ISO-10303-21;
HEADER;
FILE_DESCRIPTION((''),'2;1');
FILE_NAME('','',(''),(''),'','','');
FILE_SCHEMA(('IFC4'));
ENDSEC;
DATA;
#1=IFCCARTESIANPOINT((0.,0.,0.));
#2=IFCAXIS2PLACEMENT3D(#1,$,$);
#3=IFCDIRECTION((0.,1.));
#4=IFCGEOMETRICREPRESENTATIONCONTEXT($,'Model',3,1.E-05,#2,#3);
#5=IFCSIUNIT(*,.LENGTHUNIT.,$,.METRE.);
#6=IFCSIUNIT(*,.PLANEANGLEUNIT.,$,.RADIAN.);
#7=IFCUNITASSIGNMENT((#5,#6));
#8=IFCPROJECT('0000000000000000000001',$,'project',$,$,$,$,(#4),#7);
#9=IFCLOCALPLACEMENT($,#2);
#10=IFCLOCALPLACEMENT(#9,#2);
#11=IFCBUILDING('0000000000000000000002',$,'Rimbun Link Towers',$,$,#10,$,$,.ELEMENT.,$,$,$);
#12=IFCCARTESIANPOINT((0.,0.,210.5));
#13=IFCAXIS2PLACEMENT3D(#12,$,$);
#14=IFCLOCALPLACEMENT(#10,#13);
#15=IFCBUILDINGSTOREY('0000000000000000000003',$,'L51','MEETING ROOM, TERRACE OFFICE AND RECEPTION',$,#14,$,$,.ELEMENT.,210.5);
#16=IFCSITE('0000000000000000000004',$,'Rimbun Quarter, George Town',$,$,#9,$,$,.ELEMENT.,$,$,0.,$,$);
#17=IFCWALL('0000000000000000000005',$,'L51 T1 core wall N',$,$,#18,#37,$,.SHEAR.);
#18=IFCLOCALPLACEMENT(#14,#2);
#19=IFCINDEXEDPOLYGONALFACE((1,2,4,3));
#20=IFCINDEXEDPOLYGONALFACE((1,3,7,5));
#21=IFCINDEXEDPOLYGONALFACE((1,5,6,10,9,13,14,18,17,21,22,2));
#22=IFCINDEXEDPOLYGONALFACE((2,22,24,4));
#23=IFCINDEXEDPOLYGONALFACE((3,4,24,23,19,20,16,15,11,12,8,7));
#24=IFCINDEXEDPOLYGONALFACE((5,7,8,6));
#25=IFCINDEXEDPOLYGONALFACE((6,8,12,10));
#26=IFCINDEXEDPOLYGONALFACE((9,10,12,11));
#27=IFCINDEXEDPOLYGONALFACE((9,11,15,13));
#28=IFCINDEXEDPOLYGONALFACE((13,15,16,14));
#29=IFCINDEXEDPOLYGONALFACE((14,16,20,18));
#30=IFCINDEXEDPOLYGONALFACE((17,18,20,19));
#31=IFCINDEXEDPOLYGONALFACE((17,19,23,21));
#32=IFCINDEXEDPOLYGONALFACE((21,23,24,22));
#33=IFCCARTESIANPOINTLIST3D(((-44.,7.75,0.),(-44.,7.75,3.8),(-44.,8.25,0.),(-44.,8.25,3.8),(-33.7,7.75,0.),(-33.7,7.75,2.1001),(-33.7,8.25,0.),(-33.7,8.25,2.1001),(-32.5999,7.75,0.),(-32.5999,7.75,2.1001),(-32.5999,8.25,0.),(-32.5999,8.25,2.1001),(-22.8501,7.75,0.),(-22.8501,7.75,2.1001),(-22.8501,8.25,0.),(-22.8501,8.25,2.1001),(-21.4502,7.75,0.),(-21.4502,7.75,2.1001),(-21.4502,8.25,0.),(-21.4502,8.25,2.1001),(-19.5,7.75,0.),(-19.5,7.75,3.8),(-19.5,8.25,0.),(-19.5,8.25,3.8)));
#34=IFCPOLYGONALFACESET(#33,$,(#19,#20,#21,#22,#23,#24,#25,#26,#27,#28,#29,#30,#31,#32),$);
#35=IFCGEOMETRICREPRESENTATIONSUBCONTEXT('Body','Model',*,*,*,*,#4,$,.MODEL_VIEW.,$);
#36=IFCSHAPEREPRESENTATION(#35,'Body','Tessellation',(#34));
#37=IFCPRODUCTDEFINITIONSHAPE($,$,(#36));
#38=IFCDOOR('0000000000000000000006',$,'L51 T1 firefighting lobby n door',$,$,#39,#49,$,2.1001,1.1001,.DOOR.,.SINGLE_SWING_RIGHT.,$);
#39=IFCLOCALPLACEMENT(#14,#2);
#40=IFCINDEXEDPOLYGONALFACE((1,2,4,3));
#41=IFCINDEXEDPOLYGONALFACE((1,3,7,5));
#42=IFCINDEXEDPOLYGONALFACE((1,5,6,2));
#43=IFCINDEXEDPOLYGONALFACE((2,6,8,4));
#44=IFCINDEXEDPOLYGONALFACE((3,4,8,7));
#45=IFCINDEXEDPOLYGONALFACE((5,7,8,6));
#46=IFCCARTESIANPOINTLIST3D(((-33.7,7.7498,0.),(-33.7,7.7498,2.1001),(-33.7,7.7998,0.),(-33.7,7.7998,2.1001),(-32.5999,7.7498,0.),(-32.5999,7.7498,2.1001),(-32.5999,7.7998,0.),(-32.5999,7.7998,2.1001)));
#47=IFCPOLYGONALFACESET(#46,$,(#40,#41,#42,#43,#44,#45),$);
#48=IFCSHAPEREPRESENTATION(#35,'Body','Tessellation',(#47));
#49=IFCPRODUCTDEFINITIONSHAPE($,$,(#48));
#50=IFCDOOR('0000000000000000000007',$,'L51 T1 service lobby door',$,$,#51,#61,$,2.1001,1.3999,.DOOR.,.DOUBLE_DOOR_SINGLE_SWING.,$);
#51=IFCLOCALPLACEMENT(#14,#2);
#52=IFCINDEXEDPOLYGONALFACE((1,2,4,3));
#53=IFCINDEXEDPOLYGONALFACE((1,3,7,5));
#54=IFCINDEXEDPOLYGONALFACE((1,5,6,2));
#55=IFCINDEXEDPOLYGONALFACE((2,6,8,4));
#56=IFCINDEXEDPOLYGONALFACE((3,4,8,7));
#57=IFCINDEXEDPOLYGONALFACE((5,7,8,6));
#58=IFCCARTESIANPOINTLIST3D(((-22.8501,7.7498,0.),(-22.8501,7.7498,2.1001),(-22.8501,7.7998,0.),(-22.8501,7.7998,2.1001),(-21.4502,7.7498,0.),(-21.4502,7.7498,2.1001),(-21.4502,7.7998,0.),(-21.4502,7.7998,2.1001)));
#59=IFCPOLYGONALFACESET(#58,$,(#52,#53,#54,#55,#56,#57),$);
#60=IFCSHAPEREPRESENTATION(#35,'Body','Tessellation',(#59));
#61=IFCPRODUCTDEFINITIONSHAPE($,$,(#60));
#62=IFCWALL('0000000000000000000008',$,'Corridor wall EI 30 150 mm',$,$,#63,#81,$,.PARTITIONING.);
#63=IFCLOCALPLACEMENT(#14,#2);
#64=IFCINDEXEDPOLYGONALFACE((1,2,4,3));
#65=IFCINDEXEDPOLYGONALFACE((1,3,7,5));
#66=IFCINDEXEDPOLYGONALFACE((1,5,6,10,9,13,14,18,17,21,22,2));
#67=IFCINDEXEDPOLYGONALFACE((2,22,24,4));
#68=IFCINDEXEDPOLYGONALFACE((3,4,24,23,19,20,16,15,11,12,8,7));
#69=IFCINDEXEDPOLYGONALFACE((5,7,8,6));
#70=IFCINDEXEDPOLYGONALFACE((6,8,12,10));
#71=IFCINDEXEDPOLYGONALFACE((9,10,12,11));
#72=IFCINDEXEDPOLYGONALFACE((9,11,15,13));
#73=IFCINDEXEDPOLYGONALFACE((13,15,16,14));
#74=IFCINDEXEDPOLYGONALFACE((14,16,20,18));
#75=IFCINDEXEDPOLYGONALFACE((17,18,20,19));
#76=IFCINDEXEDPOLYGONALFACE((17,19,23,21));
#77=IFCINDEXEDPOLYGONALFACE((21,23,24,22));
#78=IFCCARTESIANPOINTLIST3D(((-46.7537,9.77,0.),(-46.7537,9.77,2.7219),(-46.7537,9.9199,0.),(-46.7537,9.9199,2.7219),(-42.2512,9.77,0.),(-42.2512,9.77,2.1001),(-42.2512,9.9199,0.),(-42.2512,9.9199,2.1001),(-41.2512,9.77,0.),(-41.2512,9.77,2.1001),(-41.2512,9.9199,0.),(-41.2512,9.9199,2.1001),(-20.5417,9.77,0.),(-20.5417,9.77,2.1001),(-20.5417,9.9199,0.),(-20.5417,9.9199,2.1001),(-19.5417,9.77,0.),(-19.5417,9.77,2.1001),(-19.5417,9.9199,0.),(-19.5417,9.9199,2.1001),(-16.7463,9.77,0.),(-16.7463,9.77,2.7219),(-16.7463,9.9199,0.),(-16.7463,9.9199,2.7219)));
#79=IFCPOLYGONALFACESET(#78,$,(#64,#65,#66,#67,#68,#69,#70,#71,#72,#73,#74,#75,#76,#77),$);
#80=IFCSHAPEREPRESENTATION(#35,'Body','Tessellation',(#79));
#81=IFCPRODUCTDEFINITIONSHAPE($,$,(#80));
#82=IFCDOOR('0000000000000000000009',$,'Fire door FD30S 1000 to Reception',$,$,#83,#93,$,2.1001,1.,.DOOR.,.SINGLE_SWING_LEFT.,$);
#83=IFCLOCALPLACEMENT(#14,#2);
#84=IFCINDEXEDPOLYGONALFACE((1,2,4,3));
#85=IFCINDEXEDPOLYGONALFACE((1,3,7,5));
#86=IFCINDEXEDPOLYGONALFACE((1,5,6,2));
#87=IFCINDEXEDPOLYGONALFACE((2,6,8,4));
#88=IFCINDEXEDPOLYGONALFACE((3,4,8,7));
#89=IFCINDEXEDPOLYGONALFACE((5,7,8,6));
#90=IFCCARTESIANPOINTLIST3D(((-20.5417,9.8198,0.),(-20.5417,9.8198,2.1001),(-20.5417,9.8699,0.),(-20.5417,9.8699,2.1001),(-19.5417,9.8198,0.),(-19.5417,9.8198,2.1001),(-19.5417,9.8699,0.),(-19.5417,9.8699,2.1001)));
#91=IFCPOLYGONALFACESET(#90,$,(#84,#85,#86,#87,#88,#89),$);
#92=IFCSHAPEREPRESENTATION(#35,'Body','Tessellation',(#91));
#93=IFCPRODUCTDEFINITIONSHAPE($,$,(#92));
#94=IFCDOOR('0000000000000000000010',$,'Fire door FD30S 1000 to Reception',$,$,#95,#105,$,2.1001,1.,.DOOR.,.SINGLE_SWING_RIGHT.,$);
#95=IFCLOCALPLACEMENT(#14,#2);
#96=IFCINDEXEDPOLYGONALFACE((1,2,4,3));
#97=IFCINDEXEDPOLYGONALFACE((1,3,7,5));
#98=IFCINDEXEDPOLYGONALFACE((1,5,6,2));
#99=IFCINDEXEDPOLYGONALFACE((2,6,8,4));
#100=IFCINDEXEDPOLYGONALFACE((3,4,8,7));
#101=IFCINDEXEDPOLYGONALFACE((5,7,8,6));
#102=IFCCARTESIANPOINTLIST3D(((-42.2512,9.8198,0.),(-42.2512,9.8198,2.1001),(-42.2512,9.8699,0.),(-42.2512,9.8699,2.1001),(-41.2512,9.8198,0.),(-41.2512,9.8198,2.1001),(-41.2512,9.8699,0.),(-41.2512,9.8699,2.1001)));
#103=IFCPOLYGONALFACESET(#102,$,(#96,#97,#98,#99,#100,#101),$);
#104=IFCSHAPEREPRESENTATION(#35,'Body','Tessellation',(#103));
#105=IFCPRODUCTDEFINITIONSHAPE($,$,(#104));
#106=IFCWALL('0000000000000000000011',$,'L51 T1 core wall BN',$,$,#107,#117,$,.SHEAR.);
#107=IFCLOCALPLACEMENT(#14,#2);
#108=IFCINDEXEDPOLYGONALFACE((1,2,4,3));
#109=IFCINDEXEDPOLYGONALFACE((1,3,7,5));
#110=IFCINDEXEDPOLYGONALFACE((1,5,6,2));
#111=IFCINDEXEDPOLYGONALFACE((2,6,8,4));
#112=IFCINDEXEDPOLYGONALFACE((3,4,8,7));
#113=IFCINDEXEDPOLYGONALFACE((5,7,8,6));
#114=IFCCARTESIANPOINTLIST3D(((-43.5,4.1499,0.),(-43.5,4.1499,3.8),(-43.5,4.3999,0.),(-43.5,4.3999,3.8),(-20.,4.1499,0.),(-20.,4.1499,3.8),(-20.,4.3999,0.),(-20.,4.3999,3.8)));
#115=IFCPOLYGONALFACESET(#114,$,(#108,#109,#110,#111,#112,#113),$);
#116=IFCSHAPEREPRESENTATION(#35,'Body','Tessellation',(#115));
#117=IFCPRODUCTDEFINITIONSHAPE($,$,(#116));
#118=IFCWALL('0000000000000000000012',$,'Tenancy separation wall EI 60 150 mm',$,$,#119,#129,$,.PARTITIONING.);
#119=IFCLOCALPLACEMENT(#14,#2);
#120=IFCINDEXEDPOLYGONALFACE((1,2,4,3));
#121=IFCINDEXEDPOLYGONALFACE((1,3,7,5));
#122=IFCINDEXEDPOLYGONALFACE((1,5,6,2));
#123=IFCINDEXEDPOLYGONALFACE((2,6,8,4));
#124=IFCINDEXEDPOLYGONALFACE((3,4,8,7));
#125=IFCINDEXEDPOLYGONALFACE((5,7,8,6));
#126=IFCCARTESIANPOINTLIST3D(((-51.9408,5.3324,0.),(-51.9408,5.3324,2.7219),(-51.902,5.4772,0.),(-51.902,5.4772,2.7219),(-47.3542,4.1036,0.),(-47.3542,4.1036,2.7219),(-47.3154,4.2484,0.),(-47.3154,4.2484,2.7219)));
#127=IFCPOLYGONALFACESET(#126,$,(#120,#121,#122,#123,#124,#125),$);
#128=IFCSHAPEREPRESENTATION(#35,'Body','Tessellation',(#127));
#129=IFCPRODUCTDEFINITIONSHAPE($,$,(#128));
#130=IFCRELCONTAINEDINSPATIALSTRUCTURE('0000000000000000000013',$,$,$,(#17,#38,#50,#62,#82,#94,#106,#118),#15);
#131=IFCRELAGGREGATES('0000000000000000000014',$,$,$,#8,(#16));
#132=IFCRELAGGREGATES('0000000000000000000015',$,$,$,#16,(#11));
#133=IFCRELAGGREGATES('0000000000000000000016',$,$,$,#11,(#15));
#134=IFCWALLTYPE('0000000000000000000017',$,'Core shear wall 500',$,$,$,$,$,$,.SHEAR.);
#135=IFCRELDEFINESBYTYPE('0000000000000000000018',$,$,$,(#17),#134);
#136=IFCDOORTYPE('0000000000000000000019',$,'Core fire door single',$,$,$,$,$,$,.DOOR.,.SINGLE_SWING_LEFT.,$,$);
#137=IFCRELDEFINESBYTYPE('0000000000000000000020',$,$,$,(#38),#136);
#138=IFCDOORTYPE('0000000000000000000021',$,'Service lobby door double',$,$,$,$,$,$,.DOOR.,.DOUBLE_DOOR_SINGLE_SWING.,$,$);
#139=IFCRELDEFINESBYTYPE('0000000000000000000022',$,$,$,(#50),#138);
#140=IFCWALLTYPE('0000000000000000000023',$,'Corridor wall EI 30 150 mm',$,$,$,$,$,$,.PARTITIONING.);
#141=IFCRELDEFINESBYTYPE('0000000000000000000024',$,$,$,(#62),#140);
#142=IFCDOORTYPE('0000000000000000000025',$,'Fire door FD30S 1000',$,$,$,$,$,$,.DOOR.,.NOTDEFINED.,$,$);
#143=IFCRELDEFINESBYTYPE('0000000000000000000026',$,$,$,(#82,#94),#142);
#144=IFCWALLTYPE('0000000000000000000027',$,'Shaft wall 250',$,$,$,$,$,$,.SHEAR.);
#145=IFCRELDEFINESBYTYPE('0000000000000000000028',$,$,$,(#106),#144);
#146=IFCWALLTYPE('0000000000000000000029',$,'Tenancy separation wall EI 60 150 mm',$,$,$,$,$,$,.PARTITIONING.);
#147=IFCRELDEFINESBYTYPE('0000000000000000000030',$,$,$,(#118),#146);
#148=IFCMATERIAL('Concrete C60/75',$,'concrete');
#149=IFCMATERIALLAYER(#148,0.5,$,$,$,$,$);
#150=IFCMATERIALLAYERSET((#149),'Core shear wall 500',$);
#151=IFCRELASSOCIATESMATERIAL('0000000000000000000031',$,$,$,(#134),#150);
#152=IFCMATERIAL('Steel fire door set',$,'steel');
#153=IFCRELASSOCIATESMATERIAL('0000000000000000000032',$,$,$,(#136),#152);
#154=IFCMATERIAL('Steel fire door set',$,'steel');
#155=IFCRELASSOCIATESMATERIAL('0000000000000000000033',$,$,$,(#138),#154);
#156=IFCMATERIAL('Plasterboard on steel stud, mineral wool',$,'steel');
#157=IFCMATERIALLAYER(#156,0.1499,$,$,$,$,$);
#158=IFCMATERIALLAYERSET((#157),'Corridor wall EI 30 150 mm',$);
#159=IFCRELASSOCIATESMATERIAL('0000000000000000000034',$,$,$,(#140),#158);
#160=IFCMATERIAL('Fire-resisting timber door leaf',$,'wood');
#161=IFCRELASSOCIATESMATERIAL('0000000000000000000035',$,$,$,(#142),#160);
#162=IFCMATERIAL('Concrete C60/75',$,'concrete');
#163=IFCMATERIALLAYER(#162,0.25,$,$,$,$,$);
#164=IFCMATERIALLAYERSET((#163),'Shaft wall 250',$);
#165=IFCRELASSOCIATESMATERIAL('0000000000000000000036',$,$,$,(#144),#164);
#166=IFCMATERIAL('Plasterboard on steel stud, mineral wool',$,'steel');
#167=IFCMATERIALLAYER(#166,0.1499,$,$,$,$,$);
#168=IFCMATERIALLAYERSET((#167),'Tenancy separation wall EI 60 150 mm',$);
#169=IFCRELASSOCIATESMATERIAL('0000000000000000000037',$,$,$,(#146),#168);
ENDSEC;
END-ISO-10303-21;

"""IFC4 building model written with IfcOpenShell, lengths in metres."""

from ifc_helpers import new_model, si_unit, direction, frame, frame_2d, origin, place, context, subcontext, project, spatial, rectangle, extrude, material, layer, layer_set, type_object, element, fill, save


model = new_model("IFC4")

# Units and contexts
model_context = context("Model", 3, precision=1e-05, world=origin(), true_north=direction((0.0, 1.0)))
body_context = subcontext(model_context, "Body", "Model", "MODEL_VIEW")
ifc_project = project(units=[si_unit("LENGTHUNIT", "METRE"), si_unit("PLANEANGLEUNIT", "RADIAN")], contexts=[model_context])

# Site, building, storey
site_placement = place(None, origin())
site = spatial("IfcSite", under=ifc_project, at=site_placement, Name="Rimbun Quarter, George Town", CompositionType="ELEMENT", RefElevation=0.0)
building_placement = place(site_placement, origin())
building = spatial("IfcBuilding", under=site, at=building_placement, Name="Rimbun Link Towers", CompositionType="ELEMENT")
storey_placement = place(building_placement, frame((0.0, 0.0, 210.5)))
storey = spatial("IfcBuildingStorey", under=building, at=storey_placement, Name="L51", Description="MEETING ROOM, TERRACE OFFICE AND RECEPTION", CompositionType="ELEMENT", Elevation=210.5)

# Walls, openings, doors
ifc_material_1 = material(Name="Concrete C60/75", Category="concrete")
ifc_layer_1 = layer(ifc_material_1, 0.5)
ifc_layer_set_1 = layer_set([ifc_layer_1], Name="Core shear wall 500")
wall_type_1 = type_object("IfcWallType", Name="Core shear wall 500", PredefinedType="SHEAR", material=ifc_layer_set_1)
wall_1_placement = place(storey_placement, frame((-44.0, 8.0, 0.0), z_axis=(0.0, 0.0, 1.0), x_axis=(1.0, 0.0, 0.0)))
wall_1 = element("IfcWall", 1, at=wall_1_placement, inside=storey, type_object=wall_type_1, Name="L51 T1 core wall N", PredefinedType="SHEAR", context=body_context, shape_type="SweptSolid", body=[
    extrude(rectangle(XDim=24.5, YDim=0.5, at=frame_2d((12.25, 0.0))), origin(), (0.0, 0.0, 1.0), 3.8),
])
opening_1_placement = place(wall_1_placement, frame((10.3, 0.0, 0.0)))
opening_1 = element("IfcOpeningElement", 2, at=opening_1_placement, cuts=wall_1, PredefinedType="OPENING", context=body_context, shape_type="SweptSolid", body=[
    extrude(rectangle(XDim=1.1001, YDim=2.1001, at=frame_2d((0.55, 1.05))), frame((0.0, 0.26, 0.0), z_axis=(0.0, -1.0, 0.0), x_axis=(1.0, 0.0, 0.0)), (0.0, 0.0, 1.0), 0.52),
])
opening_2_placement = place(wall_1_placement, frame((21.1499, 0.0, 0.0)))
opening_2 = element("IfcOpeningElement", 3, at=opening_2_placement, cuts=wall_1, PredefinedType="OPENING", context=body_context, shape_type="SweptSolid", body=[
    extrude(rectangle(XDim=1.3999, YDim=2.1001, at=frame_2d((0.7, 1.05))), frame((0.0, 0.26, 0.0), z_axis=(0.0, -1.0, 0.0), x_axis=(1.0, 0.0, 0.0)), (0.0, 0.0, 1.0), 0.52),
])
ifc_material_2 = material(Name="Steel fire door set", Category="steel")
door_type_1 = type_object("IfcDoorType", Name="Core fire door single", OperationType="SINGLE_SWING_LEFT", PredefinedType="DOOR", material=ifc_material_2)
door_1_placement = place(opening_1_placement, origin())
door_1 = element("IfcDoor", 4, at=door_1_placement, inside=storey, type_object=door_type_1, Name="L51 T1 firefighting lobby n door", OperationType="SINGLE_SWING_RIGHT", OverallHeight=2.1001, OverallWidth=1.1001, PredefinedType="DOOR", context=body_context, shape_type="SweptSolid", body=[
    extrude(rectangle(XDim=1.1001, YDim=2.1001, at=frame_2d((0.55, 1.05))), frame((0.0, -0.2002, 0.0), z_axis=(0.0, -1.0, 0.0), x_axis=(1.0, 0.0, 0.0)), (0.0, 0.0, 1.0), 0.05),
])
fill(opening_1, door_1)
ifc_material_3 = material(Name="Steel fire door set", Category="steel")
door_type_2 = type_object("IfcDoorType", Name="Service lobby door double", OperationType="DOUBLE_DOOR_SINGLE_SWING", PredefinedType="DOOR", material=ifc_material_3)
door_2_placement = place(opening_2_placement, origin())
door_2 = element("IfcDoor", 5, at=door_2_placement, inside=storey, type_object=door_type_2, Name="L51 T1 service lobby door", OperationType="DOUBLE_DOOR_SINGLE_SWING", OverallHeight=2.1001, OverallWidth=1.3999, PredefinedType="DOOR", context=body_context, shape_type="SweptSolid", body=[
    extrude(rectangle(XDim=1.3999, YDim=2.1001, at=frame_2d((0.7, 1.05))), frame((0.0, -0.2002, 0.0), z_axis=(0.0, -1.0, 0.0), x_axis=(1.0, 0.0, 0.0)), (0.0, 0.0, 1.0), 0.05),
])
fill(opening_2, door_2)
ifc_material_4 = material(Name="Plasterboard on steel stud, mineral wool", Category="steel")
ifc_layer_2 = layer(ifc_material_4, 0.1499)
ifc_layer_set_2 = layer_set([ifc_layer_2], Name="Corridor wall EI 30 150 mm")
wall_type_2 = type_object("IfcWallType", Name="Corridor wall EI 30 150 mm", PredefinedType="PARTITIONING", material=ifc_layer_set_2)
wall_2_placement = place(storey_placement, frame((-46.7537, 9.845, 0.0), z_axis=(0.0, 0.0, 1.0), x_axis=(1.0, 0.0, 0.0)))
wall_2 = element("IfcWall", 6, at=wall_2_placement, inside=storey, type_object=wall_type_2, Name="Corridor wall EI 30 150 mm", PredefinedType="PARTITIONING", context=body_context, shape_type="SweptSolid", body=[
    extrude(rectangle(XDim=30.0073, YDim=0.1499, at=frame_2d((15.0037, 0.0))), origin(), (0.0, 0.0, 1.0), 2.7219),
])
opening_3_placement = place(wall_2_placement, frame((26.2119, 0.0, 0.0)))
opening_3 = element("IfcOpeningElement", 7, at=opening_3_placement, cuts=wall_2, PredefinedType="OPENING", context=body_context, shape_type="SweptSolid", body=[
    extrude(rectangle(XDim=1.0, YDim=2.1001, at=frame_2d((0.5, 1.05))), frame((0.0, 0.085, 0.0), z_axis=(0.0, -1.0, 0.0), x_axis=(1.0, 0.0, 0.0)), (0.0, 0.0, 1.0), 0.1699),
])
opening_4_placement = place(wall_2_placement, frame((4.5024, 0.0, 0.0)))
opening_4 = element("IfcOpeningElement", 8, at=opening_4_placement, cuts=wall_2, PredefinedType="OPENING", context=body_context, shape_type="SweptSolid", body=[
    extrude(rectangle(XDim=1.0, YDim=2.1001, at=frame_2d((0.5, 1.05))), frame((0.0, 0.085, 0.0), z_axis=(0.0, -1.0, 0.0), x_axis=(1.0, 0.0, 0.0)), (0.0, 0.0, 1.0), 0.1699),
])
ifc_material_5 = material(Name="Fire-resisting timber door leaf", Category="wood")
door_type_3 = type_object("IfcDoorType", Name="Fire door FD30S 1000", OperationType="NOTDEFINED", PredefinedType="DOOR", material=ifc_material_5)
door_3_placement = place(opening_3_placement, origin())
door_3 = element("IfcDoor", 9, at=door_3_placement, inside=storey, type_object=door_type_3, Name="Fire door FD30S 1000 to Reception", OperationType="SINGLE_SWING_LEFT", OverallHeight=2.1001, OverallWidth=1.0, PredefinedType="DOOR", context=body_context, shape_type="SweptSolid", body=[
    extrude(rectangle(XDim=1.0, YDim=2.1001, at=frame_2d((0.5, 1.05))), frame((0.0, 0.0249, 0.0), z_axis=(0.0, -1.0, 0.0), x_axis=(1.0, 0.0, 0.0)), (0.0, 0.0, 1.0), 0.05),
])
fill(opening_3, door_3)
door_4_placement = place(opening_4_placement, origin())
door_4 = element("IfcDoor", 10, at=door_4_placement, inside=storey, type_object=door_type_3, Name="Fire door FD30S 1000 to Reception", OperationType="SINGLE_SWING_RIGHT", OverallHeight=2.1001, OverallWidth=1.0, PredefinedType="DOOR", context=body_context, shape_type="SweptSolid", body=[
    extrude(rectangle(XDim=1.0, YDim=2.1001, at=frame_2d((0.5, 1.05))), frame((0.0, 0.0249, 0.0), z_axis=(0.0, -1.0, 0.0), x_axis=(1.0, 0.0, 0.0)), (0.0, 0.0, 1.0), 0.05),
])
fill(opening_4, door_4)

# Walls
ifc_material_6 = material(Name="Concrete C60/75", Category="concrete")
ifc_layer_3 = layer(ifc_material_6, 0.25)
ifc_layer_set_3 = layer_set([ifc_layer_3], Name="Shaft wall 250")
wall_type_3 = type_object("IfcWallType", Name="Shaft wall 250", PredefinedType="SHEAR", material=ifc_layer_set_3)
wall_3_placement = place(storey_placement, frame((-43.5, 4.2749, 0.0), z_axis=(0.0, 0.0, 1.0), x_axis=(1.0, 0.0, 0.0)))
element("IfcWall", 11, at=wall_3_placement, inside=storey, type_object=wall_type_3, Name="L51 T1 core wall BN", PredefinedType="SHEAR", context=body_context, shape_type="SweptSolid", body=[
    extrude(rectangle(XDim=23.5, YDim=0.25, at=frame_2d((11.75, 0.0))), origin(), (0.0, 0.0, 1.0), 3.8),
])
ifc_material_7 = material(Name="Plasterboard on steel stud, mineral wool", Category="steel")
ifc_layer_4 = layer(ifc_material_7, 0.1499)
ifc_layer_set_4 = layer_set([ifc_layer_4], Name="Tenancy separation wall EI 60 150 mm")
wall_type_4 = type_object("IfcWallType", Name="Tenancy separation wall EI 60 150 mm", PredefinedType="PARTITIONING", material=ifc_layer_set_4)
wall_4_placement = place(storey_placement, frame((-47.335, 4.176, 0.0), z_axis=(0.0, 0.0, 1.0), x_axis=(-0.965935, 0.258786, 0.0)))
element("IfcWall", 12, at=wall_4_placement, inside=storey, type_object=wall_type_4, Name="Tenancy separation wall EI 60 150 mm", PredefinedType="PARTITIONING", context=body_context, shape_type="SweptSolid", body=[
    extrude(rectangle(XDim=4.7483, YDim=0.1499, at=frame_2d((2.374, 0.0))), origin(), (0.0, 0.0, 1.0), 2.7219),
])

save(model, "model.ifc")
